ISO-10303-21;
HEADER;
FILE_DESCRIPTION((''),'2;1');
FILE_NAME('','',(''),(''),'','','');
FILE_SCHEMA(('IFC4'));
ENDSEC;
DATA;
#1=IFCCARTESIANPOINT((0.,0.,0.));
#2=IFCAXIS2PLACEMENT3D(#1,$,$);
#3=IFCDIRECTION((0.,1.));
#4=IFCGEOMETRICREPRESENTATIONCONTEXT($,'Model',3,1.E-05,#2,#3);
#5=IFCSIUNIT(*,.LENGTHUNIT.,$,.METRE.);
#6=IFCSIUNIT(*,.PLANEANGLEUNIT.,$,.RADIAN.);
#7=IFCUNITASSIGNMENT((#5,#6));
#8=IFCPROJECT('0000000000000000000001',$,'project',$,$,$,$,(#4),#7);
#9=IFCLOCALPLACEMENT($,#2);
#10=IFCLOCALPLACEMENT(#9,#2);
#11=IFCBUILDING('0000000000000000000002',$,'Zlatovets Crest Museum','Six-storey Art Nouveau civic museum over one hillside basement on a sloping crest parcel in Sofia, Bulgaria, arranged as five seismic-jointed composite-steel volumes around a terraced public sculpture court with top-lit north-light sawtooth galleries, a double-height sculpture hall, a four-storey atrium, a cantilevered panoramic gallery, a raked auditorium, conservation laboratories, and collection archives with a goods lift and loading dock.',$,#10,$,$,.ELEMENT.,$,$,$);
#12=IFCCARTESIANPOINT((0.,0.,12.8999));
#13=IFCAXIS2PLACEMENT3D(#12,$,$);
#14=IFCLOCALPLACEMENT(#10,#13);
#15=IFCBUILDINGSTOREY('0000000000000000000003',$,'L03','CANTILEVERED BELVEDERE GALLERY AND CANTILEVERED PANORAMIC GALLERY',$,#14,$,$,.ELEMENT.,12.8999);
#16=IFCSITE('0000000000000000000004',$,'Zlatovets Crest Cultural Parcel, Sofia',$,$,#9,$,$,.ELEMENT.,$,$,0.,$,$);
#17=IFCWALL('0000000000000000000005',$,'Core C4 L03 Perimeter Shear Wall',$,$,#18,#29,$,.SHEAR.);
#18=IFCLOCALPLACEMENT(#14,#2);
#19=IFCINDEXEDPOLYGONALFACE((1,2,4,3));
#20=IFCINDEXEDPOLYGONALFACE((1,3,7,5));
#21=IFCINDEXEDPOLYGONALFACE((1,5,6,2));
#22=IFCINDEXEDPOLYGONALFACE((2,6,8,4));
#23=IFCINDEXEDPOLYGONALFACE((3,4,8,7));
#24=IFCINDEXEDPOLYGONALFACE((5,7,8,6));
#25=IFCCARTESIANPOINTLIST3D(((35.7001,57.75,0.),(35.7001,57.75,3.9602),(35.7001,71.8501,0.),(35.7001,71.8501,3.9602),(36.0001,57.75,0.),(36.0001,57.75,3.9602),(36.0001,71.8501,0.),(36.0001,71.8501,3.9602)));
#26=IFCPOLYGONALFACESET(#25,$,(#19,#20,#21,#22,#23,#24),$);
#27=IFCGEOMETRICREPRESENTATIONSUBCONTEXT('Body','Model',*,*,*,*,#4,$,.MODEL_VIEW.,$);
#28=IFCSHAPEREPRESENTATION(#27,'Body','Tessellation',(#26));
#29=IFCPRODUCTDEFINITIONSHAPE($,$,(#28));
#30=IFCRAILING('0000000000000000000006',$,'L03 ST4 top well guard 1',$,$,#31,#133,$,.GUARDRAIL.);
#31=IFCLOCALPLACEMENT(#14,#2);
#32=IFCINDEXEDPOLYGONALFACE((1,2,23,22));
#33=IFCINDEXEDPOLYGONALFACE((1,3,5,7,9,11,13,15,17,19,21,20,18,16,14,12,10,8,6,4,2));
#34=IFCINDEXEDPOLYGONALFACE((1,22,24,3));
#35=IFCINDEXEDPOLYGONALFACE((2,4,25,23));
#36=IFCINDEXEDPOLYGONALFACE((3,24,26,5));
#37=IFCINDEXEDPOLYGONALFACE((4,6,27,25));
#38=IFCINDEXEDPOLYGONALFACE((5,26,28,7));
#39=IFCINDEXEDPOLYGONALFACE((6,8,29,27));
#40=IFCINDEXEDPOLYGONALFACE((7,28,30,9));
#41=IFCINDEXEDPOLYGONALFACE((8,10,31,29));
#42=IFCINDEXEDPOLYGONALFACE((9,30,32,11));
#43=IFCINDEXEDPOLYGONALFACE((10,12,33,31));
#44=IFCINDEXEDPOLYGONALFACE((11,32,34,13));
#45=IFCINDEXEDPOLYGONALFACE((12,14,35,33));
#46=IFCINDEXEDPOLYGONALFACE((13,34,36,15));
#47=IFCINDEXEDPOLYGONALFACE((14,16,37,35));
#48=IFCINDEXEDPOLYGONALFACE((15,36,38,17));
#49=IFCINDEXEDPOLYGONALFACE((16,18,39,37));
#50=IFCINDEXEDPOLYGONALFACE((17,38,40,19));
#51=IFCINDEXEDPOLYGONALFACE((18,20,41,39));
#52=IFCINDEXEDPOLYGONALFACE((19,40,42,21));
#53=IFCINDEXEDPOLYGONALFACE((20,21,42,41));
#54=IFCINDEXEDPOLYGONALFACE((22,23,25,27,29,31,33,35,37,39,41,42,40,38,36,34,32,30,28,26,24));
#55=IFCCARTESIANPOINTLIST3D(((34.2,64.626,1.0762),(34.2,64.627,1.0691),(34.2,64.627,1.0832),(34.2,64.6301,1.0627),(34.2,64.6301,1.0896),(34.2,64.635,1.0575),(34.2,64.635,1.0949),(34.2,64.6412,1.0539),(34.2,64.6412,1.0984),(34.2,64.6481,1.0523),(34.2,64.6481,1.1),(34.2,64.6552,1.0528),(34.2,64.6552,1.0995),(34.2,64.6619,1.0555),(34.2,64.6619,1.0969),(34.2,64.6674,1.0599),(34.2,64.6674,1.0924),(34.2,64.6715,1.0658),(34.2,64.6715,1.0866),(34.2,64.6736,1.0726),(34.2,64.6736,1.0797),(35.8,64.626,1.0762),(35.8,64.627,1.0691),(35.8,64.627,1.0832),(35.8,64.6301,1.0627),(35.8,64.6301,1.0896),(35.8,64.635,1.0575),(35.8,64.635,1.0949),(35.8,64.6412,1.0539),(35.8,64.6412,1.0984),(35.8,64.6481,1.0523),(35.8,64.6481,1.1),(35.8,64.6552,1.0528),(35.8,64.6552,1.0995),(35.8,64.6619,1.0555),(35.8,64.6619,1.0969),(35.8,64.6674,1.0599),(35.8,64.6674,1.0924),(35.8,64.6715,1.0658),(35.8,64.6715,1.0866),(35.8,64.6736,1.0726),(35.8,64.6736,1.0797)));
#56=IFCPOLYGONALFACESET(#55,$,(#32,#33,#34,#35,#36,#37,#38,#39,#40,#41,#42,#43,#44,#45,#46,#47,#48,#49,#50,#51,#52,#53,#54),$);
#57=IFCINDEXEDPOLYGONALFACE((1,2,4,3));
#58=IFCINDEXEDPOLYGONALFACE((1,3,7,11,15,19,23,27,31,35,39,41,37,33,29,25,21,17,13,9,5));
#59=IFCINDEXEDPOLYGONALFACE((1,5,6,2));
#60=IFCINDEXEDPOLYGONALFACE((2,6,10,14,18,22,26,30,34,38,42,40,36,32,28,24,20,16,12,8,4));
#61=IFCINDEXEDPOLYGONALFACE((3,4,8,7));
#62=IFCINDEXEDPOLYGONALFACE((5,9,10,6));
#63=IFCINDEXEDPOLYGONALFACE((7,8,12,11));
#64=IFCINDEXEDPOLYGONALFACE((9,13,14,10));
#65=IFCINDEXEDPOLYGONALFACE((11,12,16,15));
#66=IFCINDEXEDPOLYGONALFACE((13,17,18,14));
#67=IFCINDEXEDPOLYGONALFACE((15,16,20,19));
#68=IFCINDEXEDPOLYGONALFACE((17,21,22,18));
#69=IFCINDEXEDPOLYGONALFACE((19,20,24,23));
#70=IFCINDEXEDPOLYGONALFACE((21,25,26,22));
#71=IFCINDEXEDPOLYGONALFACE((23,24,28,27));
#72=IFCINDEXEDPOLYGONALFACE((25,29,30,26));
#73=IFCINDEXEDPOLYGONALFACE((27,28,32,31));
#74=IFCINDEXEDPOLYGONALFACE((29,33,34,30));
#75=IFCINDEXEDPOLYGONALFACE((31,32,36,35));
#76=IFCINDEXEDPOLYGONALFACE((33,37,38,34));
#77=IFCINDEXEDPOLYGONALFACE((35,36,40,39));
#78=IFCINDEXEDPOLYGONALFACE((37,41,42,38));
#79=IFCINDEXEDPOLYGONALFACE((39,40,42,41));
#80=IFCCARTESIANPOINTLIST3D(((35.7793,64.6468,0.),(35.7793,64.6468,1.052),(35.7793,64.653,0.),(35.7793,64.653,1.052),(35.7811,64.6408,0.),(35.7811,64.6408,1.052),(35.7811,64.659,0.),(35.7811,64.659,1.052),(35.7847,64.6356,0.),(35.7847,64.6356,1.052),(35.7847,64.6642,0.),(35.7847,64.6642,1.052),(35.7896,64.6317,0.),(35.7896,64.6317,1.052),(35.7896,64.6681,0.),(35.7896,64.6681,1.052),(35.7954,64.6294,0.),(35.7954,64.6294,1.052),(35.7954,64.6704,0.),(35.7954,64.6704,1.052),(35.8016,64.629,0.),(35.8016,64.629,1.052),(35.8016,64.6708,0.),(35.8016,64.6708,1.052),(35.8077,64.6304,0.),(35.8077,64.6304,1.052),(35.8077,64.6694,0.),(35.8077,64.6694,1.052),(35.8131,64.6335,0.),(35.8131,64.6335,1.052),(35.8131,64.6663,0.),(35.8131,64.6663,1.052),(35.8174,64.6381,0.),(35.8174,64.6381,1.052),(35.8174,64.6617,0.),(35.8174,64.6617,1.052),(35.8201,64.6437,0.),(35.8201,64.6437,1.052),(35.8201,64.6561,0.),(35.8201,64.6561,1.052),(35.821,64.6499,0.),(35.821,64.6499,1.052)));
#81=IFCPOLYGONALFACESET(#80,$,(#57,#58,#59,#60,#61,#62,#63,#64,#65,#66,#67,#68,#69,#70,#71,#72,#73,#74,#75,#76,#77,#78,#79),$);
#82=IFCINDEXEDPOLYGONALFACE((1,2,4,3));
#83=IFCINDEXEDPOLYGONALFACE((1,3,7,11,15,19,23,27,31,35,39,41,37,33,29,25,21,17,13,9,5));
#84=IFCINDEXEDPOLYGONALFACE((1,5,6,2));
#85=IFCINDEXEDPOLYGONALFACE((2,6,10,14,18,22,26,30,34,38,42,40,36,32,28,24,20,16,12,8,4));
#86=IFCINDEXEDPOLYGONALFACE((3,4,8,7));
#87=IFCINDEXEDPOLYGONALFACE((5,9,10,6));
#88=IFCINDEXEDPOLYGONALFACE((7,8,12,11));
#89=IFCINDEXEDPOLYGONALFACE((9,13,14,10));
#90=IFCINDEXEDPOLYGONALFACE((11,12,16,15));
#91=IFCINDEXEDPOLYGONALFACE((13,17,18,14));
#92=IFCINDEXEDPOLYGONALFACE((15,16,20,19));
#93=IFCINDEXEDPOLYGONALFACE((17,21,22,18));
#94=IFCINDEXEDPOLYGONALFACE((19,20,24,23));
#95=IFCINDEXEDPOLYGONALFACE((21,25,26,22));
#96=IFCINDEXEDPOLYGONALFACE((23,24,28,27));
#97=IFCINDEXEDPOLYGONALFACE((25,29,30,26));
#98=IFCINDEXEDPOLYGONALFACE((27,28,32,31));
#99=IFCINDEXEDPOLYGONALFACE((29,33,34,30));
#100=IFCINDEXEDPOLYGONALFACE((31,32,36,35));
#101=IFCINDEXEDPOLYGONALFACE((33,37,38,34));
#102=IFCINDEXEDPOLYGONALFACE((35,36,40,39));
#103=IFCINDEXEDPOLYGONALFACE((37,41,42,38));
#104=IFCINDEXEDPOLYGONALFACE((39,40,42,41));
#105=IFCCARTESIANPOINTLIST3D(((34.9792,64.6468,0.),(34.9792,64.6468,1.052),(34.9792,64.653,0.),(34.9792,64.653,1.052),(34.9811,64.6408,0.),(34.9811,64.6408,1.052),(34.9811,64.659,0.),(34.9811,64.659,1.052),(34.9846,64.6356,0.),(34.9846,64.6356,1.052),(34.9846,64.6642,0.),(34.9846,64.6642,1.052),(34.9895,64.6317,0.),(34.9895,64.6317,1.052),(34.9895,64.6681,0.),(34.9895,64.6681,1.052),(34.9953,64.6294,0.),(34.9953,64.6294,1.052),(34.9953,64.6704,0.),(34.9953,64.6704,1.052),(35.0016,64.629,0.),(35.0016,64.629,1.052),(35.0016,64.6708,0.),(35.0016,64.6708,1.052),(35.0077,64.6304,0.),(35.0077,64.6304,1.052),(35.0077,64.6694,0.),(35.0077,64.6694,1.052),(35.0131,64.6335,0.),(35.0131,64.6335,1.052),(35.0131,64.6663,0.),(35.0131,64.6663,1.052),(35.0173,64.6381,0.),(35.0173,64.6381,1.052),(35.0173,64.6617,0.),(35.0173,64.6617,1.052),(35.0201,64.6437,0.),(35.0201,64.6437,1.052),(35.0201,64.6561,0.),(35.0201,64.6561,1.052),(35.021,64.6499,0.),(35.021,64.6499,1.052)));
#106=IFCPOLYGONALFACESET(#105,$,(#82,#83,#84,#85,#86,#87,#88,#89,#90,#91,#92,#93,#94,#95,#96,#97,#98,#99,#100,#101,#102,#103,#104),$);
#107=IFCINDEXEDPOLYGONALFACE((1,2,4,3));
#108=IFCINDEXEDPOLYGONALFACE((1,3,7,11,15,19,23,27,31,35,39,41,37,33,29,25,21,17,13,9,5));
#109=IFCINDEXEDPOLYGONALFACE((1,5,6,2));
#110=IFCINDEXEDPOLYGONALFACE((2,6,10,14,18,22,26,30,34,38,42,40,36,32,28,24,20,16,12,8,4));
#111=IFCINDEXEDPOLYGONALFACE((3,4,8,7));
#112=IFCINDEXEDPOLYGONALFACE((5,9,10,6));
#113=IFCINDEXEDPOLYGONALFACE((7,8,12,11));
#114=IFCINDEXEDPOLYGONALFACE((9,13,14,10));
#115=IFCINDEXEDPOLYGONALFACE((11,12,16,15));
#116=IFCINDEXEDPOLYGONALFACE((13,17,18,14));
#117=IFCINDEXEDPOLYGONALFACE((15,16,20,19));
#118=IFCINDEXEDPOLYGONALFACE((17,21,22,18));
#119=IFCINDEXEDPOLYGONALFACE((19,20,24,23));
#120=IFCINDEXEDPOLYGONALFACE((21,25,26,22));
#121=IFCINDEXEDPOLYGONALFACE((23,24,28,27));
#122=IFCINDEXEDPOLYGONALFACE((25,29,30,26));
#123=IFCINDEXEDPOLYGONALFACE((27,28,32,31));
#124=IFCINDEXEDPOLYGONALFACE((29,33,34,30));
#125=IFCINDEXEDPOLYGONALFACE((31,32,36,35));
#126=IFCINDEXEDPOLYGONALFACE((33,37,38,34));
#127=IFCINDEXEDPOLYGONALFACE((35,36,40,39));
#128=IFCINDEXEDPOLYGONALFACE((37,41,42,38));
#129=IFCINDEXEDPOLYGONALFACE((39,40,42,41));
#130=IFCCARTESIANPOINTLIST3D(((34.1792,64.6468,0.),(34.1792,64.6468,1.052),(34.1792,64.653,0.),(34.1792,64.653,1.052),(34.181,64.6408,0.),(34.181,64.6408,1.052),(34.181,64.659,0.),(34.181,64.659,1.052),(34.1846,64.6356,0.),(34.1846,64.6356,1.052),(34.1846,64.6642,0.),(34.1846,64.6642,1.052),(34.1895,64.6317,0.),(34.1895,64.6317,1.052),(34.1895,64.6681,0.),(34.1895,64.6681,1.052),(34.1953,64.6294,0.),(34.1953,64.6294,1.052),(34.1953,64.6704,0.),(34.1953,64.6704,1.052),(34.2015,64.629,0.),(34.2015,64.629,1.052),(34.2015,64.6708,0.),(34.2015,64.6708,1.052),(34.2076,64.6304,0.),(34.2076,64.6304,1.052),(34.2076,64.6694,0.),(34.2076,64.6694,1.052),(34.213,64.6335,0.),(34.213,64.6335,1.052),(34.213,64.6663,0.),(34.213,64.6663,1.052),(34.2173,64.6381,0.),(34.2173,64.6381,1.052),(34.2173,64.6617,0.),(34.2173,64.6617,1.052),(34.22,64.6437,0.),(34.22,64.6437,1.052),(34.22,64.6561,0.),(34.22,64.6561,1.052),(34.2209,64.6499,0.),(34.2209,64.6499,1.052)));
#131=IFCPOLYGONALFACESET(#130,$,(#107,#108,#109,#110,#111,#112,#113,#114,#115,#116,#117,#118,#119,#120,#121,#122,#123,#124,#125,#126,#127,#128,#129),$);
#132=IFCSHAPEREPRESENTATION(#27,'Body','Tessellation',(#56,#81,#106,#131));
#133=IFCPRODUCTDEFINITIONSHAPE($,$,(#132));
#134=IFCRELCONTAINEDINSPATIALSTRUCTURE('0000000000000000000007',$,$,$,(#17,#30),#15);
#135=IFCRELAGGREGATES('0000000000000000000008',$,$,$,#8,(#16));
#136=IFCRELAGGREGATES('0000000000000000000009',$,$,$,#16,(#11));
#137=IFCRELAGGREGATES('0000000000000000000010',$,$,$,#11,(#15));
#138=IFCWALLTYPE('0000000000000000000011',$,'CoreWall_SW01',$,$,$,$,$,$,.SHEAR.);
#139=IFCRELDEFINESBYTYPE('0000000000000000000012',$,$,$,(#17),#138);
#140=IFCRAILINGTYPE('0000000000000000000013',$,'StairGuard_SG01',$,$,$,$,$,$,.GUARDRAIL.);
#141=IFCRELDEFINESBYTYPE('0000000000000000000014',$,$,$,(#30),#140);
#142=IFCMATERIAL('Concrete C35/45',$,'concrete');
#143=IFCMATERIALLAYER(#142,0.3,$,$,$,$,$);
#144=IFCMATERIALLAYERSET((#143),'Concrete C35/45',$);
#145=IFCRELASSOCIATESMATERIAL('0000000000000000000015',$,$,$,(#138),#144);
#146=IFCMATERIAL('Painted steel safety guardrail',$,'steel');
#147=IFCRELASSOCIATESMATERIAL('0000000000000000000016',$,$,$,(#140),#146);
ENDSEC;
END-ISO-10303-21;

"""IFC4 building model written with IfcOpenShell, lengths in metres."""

from ifc_helpers import new_model, si_unit, direction, frame, frame_2d, origin, origin_2d, place, context, subcontext, project, spatial, rectangle, circle, extrude, material, layer, layer_set, type_object, element, save


model = new_model("IFC4")

# Units and contexts
model_context = context("Model", 3, precision=1e-05, world=origin(), true_north=direction((0.0, 1.0)))
body_context = subcontext(model_context, "Body", "Model", "MODEL_VIEW")
ifc_project = project(units=[si_unit("LENGTHUNIT", "METRE"), si_unit("PLANEANGLEUNIT", "RADIAN")], contexts=[model_context])

# Site, building, storey
site_placement = place(None, origin())
site = spatial("IfcSite", under=ifc_project, at=site_placement, Name="Zlatovets Crest Cultural Parcel, Sofia", CompositionType="ELEMENT", RefElevation=0.0)
building_placement = place(site_placement, origin())
building = spatial("IfcBuilding", under=site, at=building_placement, Name="Zlatovets Crest Museum", Description="Six-storey Art Nouveau civic museum over one hillside basement on a sloping crest parcel in Sofia, Bulgaria, arranged as five seismic-jointed composite-steel volumes around a terraced public sculpture court with top-lit north-light sawtooth galleries, a double-height sculpture hall, a four-storey atrium, a cantilevered panoramic gallery, a raked auditorium, conservation laboratories, and collection archives with a goods lift and loading dock.", CompositionType="ELEMENT")
storey_placement = place(building_placement, frame((0.0, 0.0, 12.8999)))
storey = spatial("IfcBuildingStorey", under=building, at=storey_placement, Name="L03", Description="CANTILEVERED BELVEDERE GALLERY AND CANTILEVERED PANORAMIC GALLERY", CompositionType="ELEMENT", Elevation=12.8999)

# Wall
ifc_material_1 = material(Name="Concrete C35/45", Category="concrete")
ifc_layer_1 = layer(ifc_material_1, 0.3)
ifc_layer_set_1 = layer_set([ifc_layer_1], Name="Concrete C35/45")
wall_type = type_object("IfcWallType", Name="CoreWall_SW01", PredefinedType="SHEAR", material=ifc_layer_set_1)
wall_placement = place(storey_placement, frame((35.8501, 57.75, 0.0), z_axis=(0.0, 0.0, 1.0), x_axis=(0.0, 1.0, 0.0)))
element("IfcWall", 1, at=wall_placement, inside=storey, type_object=wall_type, Name="Core C4 L03 Perimeter Shear Wall", PredefinedType="SHEAR", context=body_context, shape_type="SweptSolid", body=[
    extrude(rectangle(XDim=14.1001, YDim=0.3, at=frame_2d((7.05, 0.0))), origin(), (0.0, 0.0, 1.0), 3.9602),
])

# Railing
ifc_material_2 = material(Name="Painted steel safety guardrail", Category="steel")
railing_type = type_object("IfcRailingType", Name="StairGuard_SG01", PredefinedType="GUARDRAIL", material=ifc_material_2)
railing_1_placement = place(storey_placement, frame((35.8, 64.6499, 0.0)))
element("IfcRailing", 2, at=railing_1_placement, inside=storey, type_object=railing_type, Name="L03 ST4 top well guard 1", PredefinedType="GUARDRAIL", context=body_context, shape_type="SweptSolid", body=[
    extrude(circle(Radius=0.0239, at=origin_2d()), frame((0.0, 0.0, 1.0762), z_axis=(-1.0, 0.0, 0.0), x_axis=(0.0, -1.0, 0.0)), (0.0, 0.0, 1.0), 1.6001),
    extrude(circle(Radius=0.021, at=origin_2d()), origin(), (0.0, 0.0, 1.0), 1.052),
    extrude(circle(Radius=0.021, at=origin_2d()), frame((-0.8, 0.0, 0.0)), (0.0, 0.0, 1.0), 1.052),
    extrude(circle(Radius=0.021, at=origin_2d()), frame((-1.6001, 0.0, 0.0)), (0.0, 0.0, 1.0), 1.052),
])

save(model, "model.ifc")
